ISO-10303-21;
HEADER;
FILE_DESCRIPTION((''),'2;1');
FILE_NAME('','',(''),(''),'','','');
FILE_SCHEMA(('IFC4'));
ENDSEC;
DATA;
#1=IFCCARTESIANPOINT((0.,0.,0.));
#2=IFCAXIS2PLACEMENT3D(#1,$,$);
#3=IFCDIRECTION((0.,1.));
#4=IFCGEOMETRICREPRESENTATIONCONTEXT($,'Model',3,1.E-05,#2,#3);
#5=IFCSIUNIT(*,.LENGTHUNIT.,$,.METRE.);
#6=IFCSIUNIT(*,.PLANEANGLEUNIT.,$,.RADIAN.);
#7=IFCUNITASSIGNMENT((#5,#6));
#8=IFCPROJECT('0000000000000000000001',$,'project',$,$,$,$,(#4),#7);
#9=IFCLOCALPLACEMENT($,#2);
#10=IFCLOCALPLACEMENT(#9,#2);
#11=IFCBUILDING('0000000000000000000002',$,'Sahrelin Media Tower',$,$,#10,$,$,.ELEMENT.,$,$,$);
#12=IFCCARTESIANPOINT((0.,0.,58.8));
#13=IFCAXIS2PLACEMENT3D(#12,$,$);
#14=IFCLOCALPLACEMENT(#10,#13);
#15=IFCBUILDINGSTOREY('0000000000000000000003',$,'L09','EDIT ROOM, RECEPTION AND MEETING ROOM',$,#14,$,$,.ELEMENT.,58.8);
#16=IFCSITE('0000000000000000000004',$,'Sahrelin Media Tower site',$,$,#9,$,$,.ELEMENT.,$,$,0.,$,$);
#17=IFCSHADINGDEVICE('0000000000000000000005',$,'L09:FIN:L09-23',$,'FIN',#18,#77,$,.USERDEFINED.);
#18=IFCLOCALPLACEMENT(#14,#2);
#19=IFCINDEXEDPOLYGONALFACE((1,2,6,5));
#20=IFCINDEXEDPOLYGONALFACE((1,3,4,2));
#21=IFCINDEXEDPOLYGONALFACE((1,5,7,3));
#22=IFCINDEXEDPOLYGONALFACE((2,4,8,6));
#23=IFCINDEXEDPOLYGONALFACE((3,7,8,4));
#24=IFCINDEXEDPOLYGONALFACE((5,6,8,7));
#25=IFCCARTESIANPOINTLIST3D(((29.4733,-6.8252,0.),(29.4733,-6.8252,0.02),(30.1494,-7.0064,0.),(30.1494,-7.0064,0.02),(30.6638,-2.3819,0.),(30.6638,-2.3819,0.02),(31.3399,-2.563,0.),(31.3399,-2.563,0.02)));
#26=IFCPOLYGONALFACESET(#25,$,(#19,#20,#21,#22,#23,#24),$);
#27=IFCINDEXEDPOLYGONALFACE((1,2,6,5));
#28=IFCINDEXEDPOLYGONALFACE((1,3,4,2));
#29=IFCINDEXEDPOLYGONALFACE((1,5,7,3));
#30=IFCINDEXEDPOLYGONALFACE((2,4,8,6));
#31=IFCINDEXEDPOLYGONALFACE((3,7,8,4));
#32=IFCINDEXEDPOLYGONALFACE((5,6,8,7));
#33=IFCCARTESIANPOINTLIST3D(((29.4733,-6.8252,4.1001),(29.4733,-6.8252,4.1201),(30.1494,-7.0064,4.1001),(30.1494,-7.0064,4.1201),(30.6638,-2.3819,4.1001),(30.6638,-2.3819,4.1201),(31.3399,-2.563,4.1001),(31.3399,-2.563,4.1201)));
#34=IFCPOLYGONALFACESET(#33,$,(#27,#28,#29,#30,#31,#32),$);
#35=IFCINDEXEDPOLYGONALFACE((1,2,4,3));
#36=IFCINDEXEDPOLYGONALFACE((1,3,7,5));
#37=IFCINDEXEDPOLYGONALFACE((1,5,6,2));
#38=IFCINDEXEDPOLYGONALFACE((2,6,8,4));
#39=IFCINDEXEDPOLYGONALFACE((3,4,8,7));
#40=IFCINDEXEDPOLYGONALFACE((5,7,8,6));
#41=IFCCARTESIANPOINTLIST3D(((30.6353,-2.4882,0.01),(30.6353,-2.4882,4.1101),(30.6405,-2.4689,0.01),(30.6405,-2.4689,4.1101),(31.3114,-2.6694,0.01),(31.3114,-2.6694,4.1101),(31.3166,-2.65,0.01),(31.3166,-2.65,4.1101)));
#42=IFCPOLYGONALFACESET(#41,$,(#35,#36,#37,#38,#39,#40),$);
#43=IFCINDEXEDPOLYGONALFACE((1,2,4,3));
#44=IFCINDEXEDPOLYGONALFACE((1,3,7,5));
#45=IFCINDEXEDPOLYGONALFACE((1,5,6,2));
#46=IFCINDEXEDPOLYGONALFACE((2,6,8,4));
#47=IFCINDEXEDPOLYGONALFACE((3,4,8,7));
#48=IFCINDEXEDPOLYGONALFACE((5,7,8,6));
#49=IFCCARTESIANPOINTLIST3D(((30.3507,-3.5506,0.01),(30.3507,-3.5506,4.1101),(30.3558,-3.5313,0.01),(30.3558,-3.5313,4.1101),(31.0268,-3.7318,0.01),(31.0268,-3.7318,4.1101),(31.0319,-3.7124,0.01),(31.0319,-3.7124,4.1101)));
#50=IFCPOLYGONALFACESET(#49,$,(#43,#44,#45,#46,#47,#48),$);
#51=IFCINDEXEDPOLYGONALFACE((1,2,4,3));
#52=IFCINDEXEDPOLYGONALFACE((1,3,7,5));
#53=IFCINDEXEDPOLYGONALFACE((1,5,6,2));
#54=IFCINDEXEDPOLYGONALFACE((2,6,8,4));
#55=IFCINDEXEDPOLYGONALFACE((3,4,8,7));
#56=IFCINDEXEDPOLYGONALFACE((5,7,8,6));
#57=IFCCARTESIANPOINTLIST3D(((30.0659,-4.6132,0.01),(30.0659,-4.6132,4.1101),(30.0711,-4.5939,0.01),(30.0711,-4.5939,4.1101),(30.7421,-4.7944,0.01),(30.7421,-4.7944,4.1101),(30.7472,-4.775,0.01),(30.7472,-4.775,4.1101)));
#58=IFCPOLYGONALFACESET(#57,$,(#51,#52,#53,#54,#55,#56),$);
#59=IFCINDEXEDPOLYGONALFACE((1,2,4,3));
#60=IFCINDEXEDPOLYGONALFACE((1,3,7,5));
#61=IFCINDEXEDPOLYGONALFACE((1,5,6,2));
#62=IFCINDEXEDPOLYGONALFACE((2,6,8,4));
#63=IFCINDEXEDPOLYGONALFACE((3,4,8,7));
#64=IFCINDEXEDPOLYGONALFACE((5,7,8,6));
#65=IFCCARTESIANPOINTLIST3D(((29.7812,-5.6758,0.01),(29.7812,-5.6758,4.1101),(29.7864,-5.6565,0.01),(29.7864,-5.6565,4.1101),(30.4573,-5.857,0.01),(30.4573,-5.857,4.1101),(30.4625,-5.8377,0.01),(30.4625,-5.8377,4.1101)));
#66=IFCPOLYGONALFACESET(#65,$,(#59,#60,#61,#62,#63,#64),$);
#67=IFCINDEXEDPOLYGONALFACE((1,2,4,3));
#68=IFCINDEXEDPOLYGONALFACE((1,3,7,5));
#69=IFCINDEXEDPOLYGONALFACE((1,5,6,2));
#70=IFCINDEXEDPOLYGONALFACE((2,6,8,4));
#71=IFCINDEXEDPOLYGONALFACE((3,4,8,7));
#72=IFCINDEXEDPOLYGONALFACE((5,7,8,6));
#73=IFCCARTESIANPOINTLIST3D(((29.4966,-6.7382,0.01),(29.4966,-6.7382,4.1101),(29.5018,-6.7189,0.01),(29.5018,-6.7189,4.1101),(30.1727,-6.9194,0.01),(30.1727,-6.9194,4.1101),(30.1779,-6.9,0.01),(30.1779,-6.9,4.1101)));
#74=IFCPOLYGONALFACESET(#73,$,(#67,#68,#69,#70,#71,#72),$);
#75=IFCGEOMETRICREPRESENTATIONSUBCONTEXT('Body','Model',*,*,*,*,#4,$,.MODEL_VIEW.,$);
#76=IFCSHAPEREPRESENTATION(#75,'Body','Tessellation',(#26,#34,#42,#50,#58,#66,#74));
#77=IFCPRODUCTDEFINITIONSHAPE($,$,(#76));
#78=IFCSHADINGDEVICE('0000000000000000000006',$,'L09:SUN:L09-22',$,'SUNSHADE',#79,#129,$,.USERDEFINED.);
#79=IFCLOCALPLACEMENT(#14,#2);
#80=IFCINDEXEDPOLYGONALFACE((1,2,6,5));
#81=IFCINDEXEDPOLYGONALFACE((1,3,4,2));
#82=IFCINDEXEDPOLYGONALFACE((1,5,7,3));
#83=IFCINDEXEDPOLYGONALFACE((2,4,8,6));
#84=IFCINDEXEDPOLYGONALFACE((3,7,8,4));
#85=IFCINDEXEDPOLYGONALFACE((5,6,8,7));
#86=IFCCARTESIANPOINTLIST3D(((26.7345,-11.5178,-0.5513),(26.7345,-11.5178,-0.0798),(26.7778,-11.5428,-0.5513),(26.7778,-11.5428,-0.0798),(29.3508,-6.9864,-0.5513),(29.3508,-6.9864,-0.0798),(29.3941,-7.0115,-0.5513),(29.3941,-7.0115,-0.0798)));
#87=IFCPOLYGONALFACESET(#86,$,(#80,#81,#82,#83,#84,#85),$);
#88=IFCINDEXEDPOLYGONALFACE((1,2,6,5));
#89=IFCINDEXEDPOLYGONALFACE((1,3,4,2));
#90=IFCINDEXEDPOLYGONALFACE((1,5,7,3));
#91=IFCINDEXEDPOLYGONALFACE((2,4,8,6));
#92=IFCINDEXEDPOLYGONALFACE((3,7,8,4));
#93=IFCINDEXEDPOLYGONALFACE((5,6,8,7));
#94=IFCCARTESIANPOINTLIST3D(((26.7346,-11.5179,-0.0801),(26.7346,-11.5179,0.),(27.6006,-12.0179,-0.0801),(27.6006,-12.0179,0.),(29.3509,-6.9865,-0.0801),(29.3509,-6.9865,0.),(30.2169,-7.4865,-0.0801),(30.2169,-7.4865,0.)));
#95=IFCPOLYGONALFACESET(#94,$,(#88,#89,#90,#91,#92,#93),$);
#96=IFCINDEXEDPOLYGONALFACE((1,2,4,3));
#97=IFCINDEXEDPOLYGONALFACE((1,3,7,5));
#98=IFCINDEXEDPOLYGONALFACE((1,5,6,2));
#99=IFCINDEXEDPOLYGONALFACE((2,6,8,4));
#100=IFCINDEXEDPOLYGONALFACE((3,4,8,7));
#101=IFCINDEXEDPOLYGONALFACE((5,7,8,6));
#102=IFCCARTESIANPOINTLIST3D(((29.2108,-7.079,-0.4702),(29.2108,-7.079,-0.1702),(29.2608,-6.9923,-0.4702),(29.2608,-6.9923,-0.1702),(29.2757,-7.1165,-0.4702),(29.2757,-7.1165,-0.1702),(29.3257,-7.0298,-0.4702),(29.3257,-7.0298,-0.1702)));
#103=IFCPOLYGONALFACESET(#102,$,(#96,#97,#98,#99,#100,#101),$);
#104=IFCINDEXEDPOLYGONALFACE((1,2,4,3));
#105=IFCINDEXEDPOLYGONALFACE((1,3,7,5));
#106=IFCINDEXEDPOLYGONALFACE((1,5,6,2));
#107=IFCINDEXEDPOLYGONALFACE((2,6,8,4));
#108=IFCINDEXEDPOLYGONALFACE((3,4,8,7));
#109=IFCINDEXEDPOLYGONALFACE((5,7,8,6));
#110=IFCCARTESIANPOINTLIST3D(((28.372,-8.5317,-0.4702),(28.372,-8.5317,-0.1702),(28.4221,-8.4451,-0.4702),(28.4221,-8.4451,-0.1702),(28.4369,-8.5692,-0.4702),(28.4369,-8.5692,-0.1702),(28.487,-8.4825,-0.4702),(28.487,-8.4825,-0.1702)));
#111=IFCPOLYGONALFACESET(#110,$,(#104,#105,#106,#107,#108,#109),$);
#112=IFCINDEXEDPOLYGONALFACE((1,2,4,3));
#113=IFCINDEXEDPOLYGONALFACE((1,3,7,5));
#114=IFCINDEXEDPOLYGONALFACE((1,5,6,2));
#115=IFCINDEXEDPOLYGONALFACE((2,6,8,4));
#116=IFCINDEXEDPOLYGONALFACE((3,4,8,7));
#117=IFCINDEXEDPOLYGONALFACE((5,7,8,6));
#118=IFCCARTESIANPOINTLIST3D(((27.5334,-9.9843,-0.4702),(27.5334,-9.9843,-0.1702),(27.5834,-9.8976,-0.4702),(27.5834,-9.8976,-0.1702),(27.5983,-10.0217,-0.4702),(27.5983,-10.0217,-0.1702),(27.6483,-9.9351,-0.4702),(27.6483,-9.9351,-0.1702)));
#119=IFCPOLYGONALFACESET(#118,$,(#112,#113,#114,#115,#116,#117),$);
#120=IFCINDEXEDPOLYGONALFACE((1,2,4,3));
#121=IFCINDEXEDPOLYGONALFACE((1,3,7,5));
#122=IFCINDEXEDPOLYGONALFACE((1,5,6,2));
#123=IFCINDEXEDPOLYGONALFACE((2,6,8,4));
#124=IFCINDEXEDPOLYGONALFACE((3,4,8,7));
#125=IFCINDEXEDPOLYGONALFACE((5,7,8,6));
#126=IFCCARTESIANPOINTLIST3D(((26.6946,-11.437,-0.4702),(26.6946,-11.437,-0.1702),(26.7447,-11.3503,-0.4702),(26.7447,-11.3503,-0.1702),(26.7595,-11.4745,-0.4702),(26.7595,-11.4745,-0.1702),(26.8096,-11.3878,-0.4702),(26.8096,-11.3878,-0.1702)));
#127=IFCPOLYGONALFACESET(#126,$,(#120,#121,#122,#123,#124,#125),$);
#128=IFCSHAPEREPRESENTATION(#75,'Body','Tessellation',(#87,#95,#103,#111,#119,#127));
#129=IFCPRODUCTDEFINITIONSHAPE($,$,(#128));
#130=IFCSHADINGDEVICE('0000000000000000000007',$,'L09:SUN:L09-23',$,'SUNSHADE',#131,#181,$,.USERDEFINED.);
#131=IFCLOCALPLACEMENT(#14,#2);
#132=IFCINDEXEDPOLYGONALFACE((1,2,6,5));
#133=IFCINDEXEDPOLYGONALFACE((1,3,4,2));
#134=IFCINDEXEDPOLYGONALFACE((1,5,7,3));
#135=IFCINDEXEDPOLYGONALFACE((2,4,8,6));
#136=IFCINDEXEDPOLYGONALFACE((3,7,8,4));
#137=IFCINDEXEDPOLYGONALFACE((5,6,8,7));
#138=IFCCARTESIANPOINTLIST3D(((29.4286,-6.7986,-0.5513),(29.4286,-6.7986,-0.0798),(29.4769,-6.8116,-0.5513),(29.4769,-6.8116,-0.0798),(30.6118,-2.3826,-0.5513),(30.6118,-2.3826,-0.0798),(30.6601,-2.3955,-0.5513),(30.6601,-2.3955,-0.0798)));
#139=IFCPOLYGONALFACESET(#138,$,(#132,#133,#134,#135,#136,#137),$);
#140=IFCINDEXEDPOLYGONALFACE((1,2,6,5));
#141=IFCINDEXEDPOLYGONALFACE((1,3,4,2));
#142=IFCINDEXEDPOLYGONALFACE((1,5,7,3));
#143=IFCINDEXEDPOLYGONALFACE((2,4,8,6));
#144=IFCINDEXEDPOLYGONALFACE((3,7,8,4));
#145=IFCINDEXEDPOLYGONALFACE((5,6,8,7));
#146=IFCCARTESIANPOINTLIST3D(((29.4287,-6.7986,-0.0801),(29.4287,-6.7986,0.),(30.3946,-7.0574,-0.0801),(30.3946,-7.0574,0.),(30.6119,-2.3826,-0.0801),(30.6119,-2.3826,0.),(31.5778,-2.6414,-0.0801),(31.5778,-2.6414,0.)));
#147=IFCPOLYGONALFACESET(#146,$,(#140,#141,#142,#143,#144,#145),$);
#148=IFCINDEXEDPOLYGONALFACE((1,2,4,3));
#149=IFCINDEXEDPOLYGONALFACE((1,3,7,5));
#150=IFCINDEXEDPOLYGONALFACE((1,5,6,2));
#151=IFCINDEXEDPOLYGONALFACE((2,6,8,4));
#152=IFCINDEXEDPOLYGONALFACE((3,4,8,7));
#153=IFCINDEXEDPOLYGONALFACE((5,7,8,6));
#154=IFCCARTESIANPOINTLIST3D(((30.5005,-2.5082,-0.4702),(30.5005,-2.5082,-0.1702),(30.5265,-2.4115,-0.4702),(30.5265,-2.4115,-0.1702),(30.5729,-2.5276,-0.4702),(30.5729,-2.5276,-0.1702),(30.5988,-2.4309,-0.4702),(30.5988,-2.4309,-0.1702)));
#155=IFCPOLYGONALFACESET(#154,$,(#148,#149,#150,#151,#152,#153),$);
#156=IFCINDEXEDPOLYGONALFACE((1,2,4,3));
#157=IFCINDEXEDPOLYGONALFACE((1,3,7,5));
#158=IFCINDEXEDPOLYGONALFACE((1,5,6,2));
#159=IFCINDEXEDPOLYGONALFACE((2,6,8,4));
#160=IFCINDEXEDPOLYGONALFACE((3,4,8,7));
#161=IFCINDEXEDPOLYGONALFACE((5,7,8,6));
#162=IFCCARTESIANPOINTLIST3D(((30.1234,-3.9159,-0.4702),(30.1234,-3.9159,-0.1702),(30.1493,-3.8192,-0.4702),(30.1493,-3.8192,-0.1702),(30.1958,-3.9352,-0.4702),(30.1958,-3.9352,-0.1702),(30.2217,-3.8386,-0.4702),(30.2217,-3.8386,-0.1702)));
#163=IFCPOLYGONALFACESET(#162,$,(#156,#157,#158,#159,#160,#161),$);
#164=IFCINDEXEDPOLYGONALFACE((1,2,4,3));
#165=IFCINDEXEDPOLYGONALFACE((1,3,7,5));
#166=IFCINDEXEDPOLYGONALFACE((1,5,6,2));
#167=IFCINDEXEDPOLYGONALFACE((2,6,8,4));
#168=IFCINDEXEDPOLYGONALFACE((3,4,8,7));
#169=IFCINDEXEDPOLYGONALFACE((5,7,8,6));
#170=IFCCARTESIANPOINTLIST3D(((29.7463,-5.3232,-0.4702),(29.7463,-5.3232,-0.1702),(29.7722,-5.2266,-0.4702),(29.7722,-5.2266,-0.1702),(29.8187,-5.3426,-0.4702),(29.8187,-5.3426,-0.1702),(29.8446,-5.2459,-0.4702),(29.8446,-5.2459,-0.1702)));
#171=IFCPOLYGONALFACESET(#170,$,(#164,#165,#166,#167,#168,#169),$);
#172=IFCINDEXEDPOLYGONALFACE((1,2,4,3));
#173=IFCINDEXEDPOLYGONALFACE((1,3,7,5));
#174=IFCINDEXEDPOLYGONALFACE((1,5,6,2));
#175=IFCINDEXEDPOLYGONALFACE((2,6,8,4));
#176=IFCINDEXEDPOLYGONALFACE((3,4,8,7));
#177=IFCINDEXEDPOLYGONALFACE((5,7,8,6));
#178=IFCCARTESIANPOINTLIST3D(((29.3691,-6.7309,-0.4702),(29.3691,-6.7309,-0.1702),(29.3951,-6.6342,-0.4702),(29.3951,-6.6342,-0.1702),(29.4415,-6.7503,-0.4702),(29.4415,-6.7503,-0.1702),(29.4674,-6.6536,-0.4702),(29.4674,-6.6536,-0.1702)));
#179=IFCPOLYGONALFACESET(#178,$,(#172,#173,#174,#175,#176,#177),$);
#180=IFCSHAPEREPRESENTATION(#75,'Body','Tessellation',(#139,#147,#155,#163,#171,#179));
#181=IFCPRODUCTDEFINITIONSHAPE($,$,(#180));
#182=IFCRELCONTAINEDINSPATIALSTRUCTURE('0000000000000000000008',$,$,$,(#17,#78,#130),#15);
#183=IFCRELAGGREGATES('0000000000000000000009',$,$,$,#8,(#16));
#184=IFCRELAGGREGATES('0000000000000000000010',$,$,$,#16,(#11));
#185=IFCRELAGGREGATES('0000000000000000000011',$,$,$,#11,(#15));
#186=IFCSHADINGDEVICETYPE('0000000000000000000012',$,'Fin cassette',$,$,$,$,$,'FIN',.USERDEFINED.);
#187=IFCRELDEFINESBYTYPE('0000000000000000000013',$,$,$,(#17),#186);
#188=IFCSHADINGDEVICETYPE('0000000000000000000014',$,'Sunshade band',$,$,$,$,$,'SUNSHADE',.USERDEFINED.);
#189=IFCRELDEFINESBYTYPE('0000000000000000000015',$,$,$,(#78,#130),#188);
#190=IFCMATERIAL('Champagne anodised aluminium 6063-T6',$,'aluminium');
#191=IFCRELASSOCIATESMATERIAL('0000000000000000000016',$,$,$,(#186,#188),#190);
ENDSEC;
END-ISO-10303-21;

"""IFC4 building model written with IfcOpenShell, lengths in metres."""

from ifc_helpers import new_model, si_unit, direction, frame, origin, origin_2d, place, context, subcontext, project, spatial, rectangle, extrude, material, type_object, element, save


model = new_model("IFC4")

# Units and contexts
model_context = context("Model", 3, precision=1e-05, world=origin(), true_north=direction((0.0, 1.0)))
body_context = subcontext(model_context, "Body", "Model", "MODEL_VIEW")
ifc_project = project(units=[si_unit("LENGTHUNIT", "METRE"), si_unit("PLANEANGLEUNIT", "RADIAN")], contexts=[model_context])

# Site, building, storey
site_placement = place(None, origin())
site = spatial("IfcSite", under=ifc_project, at=site_placement, Name="Sahrelin Media Tower site", CompositionType="ELEMENT", RefElevation=0.0)
building_placement = place(site_placement, origin())
building = spatial("IfcBuilding", under=site, at=building_placement, Name="Sahrelin Media Tower", CompositionType="ELEMENT")
storey_placement = place(building_placement, frame((0.0, 0.0, 58.8)))
storey = spatial("IfcBuildingStorey", under=building, at=storey_placement, Name="L09", Description="EDIT ROOM, RECEPTION AND MEETING ROOM", CompositionType="ELEMENT", Elevation=58.8)

# Shared definitions
ifc_material_1 = material(Name="Champagne anodised aluminium 6063-T6", Category="aluminium")

# Shading devices
shading_device_type_1 = type_object("IfcShadingDeviceType", Name="Fin cassette", ElementType="FIN", PredefinedType="USERDEFINED", material=ifc_material_1)
placement_1 = place(storey_placement, frame((28.0254, -9.2422, 0.0), z_axis=(0.0, 0.0, 1.0), x_axis=(-0.500011, -0.866019, 0.0)))
placement_2 = place(storey_placement, frame((30.001, -4.5854, 0.0), z_axis=(0.0, 0.0, 1.0), x_axis=(-0.258808, -0.965929, 0.0)))
element("IfcShadingDevice", 1, at=placement_2, inside=storey, type_object=shading_device_type_1, Name="L09:FIN:L09-23", ObjectType="FIN", PredefinedType="USERDEFINED", context=body_context, shape_type="SweptSolid", body=[
    extrude(rectangle(XDim=4.6001, YDim=0.7, at=origin_2d()), frame((0.0, 0.4199, 0.0)), (0.0, 0.0, 1.0), 0.02),
    extrude(rectangle(XDim=4.6001, YDim=0.7, at=origin_2d()), frame((0.0, 0.4199, 4.1001)), (0.0, 0.0, 1.0), 0.02),
    extrude(rectangle(XDim=0.02, YDim=0.7, at=origin_2d()), frame((-2.2, 0.4199, 0.01), z_axis=(0.0, 0.0, 1.0), x_axis=(1.0, 0.0, 0.0)), (0.0, 0.0, 1.0), 4.1001),
    extrude(rectangle(XDim=0.02, YDim=0.7, at=origin_2d()), frame((-1.1001, 0.4199, 0.01), z_axis=(0.0, 0.0, 1.0), x_axis=(1.0, 0.0, 0.0)), (0.0, 0.0, 1.0), 4.1001),
    extrude(rectangle(XDim=0.02, YDim=0.7, at=origin_2d()), frame((0.0, 0.4199, 0.01), z_axis=(0.0, 0.0, 1.0), x_axis=(1.0, 0.0, 0.0)), (0.0, 0.0, 1.0), 4.1001),
    extrude(rectangle(XDim=0.02, YDim=0.7, at=origin_2d()), frame((1.1001, 0.4199, 0.01), z_axis=(0.0, 0.0, 1.0), x_axis=(1.0, 0.0, 0.0)), (0.0, 0.0, 1.0), 4.1001),
    extrude(rectangle(XDim=0.02, YDim=0.7, at=origin_2d()), frame((2.2, 0.4199, 0.01), z_axis=(0.0, 0.0, 1.0), x_axis=(1.0, 0.0, 0.0)), (0.0, 0.0, 1.0), 4.1001),
])
shading_device_type_2 = type_object("IfcShadingDeviceType", Name="Sunshade band", ElementType="SUNSHADE", PredefinedType="USERDEFINED", material=ifc_material_1)
element("IfcShadingDevice", 2, at=placement_1, inside=storey, type_object=shading_device_type_2, Name="L09:SUN:L09-22", ObjectType="SUNSHADE", PredefinedType="USERDEFINED", context=body_context, shape_type="SweptSolid", body=[
    extrude(rectangle(XDim=5.2324, YDim=0.05, at=origin_2d()), frame((0.0, 0.0449, -0.5513)), (0.0, 0.0, 1.0), 0.4714),
    extrude(rectangle(XDim=5.2324, YDim=1.0, at=origin_2d()), frame((0.0, 0.52, -0.0801)), (0.0, 0.0, 1.0), 0.0801),
    extrude(rectangle(XDim=0.1001, YDim=0.075, at=origin_2d()), frame((-2.5161, -0.0176, -0.4702)), (0.0, 0.0, 1.0), 0.3),
    extrude(rectangle(XDim=0.1001, YDim=0.075, at=origin_2d()), frame((-0.8386, -0.0176, -0.4702)), (0.0, 0.0, 1.0), 0.3),
    extrude(rectangle(XDim=0.1001, YDim=0.075, at=origin_2d()), frame((0.8386, -0.0176, -0.4702)), (0.0, 0.0, 1.0), 0.3),
    extrude(rectangle(XDim=0.1001, YDim=0.075, at=origin_2d()), frame((2.5161, -0.0176, -0.4702)), (0.0, 0.0, 1.0), 0.3),
])
element("IfcShadingDevice", 3, at=placement_2, inside=storey, type_object=shading_device_type_2, Name="L09:SUN:L09-23", ObjectType="SUNSHADE", PredefinedType="USERDEFINED", context=body_context, shape_type="SweptSolid", body=[
    extrude(rectangle(XDim=4.5718, YDim=0.05, at=origin_2d()), frame((0.0, 0.0449, -0.5513)), (0.0, 0.0, 1.0), 0.4714),
    extrude(rectangle(XDim=4.5718, YDim=1.0, at=origin_2d()), frame((0.0, 0.52, -0.0801)), (0.0, 0.0, 1.0), 0.0801),
    extrude(rectangle(XDim=0.1001, YDim=0.075, at=origin_2d()), frame((-2.1858, -0.0176, -0.4702)), (0.0, 0.0, 1.0), 0.3),
    extrude(rectangle(XDim=0.1001, YDim=0.075, at=origin_2d()), frame((-0.7285, -0.0176, -0.4702)), (0.0, 0.0, 1.0), 0.3),
    extrude(rectangle(XDim=0.1001, YDim=0.075, at=origin_2d()), frame((0.7285, -0.0176, -0.4702)), (0.0, 0.0, 1.0), 0.3),
    extrude(rectangle(XDim=0.1001, YDim=0.075, at=origin_2d()), frame((2.1858, -0.0176, -0.4702)), (0.0, 0.0, 1.0), 0.3),
])

save(model, "model.ifc")
